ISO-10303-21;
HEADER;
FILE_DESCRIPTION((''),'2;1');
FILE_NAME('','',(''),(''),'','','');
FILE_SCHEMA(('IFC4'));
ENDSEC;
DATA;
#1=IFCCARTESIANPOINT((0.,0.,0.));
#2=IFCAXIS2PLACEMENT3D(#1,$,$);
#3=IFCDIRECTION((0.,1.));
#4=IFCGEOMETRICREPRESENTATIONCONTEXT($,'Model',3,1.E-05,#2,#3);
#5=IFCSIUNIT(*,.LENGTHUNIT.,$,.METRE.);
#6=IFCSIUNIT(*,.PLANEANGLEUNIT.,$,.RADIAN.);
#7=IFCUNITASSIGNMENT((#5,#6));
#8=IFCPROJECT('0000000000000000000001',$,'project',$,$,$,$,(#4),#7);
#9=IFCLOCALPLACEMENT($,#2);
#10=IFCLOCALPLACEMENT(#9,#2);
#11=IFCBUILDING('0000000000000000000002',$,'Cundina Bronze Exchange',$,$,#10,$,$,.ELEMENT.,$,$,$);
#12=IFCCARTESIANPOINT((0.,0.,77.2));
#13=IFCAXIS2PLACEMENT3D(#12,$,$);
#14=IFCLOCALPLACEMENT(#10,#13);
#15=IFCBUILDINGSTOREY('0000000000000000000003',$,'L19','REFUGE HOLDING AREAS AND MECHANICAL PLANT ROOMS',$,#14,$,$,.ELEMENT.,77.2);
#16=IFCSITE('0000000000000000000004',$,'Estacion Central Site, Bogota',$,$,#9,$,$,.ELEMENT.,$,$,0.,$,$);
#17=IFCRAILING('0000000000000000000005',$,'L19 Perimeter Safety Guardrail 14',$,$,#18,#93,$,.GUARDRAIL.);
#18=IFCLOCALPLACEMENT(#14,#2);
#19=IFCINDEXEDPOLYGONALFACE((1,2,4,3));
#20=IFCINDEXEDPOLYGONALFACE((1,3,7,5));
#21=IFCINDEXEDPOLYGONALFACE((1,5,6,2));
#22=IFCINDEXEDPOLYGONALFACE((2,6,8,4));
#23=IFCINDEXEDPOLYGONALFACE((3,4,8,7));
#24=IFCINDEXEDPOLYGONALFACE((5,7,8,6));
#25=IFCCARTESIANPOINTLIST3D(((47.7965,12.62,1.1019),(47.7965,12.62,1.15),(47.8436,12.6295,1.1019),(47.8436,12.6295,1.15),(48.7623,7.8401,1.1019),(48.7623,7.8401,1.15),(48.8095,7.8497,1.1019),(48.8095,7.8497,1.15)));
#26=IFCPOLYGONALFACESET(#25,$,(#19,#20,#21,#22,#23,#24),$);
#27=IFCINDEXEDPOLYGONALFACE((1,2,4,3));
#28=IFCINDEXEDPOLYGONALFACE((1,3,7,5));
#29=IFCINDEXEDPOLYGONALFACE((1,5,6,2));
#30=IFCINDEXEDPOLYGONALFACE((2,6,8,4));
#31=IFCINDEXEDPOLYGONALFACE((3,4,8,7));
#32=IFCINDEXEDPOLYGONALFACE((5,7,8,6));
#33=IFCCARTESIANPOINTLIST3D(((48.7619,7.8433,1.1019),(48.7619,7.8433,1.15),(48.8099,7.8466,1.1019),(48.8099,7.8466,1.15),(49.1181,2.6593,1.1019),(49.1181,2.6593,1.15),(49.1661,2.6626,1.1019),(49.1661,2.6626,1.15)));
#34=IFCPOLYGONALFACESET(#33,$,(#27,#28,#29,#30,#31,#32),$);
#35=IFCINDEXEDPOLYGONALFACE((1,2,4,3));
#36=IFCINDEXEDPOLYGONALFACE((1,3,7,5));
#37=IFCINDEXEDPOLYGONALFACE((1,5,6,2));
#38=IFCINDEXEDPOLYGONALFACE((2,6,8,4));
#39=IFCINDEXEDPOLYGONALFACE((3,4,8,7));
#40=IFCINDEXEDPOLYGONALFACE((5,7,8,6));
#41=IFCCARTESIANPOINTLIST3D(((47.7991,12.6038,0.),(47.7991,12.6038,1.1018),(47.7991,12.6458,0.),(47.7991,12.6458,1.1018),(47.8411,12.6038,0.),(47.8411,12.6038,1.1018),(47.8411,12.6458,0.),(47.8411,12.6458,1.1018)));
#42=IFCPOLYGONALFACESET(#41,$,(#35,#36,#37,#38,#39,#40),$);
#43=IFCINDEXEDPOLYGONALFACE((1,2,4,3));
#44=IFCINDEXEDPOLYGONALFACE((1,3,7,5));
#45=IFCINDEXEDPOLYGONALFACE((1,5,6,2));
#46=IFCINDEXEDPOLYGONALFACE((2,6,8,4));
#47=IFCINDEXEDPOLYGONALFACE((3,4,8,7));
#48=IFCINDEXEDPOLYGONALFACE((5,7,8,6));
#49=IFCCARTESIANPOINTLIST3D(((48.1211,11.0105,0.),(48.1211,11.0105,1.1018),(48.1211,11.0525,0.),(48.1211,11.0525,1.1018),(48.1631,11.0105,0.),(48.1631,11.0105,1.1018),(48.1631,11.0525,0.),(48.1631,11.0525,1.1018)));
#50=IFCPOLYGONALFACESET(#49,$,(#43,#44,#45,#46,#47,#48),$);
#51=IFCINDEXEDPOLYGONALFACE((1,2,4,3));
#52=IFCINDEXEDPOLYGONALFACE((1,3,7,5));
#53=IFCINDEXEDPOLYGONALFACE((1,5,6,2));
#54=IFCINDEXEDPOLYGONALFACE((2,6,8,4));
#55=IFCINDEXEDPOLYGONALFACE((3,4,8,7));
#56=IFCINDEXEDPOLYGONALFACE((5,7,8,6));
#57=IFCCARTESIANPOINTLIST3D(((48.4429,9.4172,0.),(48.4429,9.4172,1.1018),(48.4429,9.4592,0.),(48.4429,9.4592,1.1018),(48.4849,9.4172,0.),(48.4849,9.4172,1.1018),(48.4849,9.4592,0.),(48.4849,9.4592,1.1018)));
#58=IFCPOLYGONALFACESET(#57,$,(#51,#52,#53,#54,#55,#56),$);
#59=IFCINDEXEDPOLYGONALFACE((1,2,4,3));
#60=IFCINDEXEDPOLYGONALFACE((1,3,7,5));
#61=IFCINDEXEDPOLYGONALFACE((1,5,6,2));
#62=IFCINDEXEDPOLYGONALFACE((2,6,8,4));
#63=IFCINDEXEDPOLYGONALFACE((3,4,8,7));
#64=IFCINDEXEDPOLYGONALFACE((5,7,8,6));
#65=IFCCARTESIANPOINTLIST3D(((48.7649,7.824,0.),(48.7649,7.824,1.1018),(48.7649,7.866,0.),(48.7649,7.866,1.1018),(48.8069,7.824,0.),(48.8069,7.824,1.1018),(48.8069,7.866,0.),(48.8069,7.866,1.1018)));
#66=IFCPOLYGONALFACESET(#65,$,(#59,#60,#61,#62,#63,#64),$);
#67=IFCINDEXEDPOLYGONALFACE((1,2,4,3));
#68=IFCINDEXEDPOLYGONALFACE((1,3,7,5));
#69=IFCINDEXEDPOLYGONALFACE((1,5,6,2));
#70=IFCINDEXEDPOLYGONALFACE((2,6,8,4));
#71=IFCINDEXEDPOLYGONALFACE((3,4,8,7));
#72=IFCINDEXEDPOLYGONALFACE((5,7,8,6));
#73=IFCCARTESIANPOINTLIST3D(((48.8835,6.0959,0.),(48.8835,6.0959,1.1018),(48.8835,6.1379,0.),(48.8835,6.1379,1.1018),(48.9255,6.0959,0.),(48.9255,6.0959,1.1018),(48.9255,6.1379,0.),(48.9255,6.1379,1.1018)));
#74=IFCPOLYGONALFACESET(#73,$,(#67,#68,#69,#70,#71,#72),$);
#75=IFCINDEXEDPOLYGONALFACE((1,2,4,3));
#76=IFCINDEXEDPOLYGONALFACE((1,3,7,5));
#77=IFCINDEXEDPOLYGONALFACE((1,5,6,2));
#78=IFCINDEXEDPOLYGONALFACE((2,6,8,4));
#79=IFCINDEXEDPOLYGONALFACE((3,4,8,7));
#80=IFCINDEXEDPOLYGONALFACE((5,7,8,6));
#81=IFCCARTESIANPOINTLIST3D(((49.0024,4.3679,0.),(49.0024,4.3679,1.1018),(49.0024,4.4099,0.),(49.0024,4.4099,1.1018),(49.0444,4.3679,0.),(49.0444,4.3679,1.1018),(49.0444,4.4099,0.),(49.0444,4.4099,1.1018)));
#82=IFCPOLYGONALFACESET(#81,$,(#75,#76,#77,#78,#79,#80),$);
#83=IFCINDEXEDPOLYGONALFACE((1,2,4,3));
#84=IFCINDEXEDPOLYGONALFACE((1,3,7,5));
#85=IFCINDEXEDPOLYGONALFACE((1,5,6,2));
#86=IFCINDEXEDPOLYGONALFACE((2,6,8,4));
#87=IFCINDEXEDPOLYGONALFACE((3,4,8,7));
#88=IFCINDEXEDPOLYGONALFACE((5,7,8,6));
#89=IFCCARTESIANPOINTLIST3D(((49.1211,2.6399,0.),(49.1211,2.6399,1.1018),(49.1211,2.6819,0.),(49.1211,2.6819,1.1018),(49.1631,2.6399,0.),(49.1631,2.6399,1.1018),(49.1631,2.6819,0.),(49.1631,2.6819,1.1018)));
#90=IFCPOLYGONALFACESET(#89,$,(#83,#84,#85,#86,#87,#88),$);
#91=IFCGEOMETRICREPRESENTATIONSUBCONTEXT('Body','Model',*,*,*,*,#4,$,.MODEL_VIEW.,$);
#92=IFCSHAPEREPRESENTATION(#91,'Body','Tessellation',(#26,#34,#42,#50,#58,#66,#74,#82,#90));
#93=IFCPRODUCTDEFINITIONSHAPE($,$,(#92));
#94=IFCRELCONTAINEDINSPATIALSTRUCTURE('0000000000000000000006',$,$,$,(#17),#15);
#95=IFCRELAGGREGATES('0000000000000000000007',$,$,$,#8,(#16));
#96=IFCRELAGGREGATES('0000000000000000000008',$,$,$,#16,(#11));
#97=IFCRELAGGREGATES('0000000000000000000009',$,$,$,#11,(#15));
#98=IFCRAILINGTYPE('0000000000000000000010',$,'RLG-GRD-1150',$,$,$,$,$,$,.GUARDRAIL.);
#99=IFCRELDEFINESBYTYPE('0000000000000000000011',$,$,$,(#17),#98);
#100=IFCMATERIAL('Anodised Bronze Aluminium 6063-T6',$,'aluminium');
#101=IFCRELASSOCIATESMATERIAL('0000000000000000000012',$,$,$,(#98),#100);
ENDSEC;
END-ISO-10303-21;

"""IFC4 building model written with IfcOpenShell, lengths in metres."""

from ifc_helpers import new_model, si_unit, direction, frame, origin, origin_2d, place, context, subcontext, project, spatial, rectangle, extrude, material, type_object, element, save


model = new_model("IFC4")

# Units and contexts
model_context = context("Model", 3, precision=1e-05, world=origin(), true_north=direction((0.0, 1.0)))
body_context = subcontext(model_context, "Body", "Model", "MODEL_VIEW")
ifc_project = project(units=[si_unit("LENGTHUNIT", "METRE"), si_unit("PLANEANGLEUNIT", "RADIAN")], contexts=[model_context])

# Site, building, storey
site_placement = place(None, origin())
site = spatial("IfcSite", under=ifc_project, at=site_placement, Name="Estacion Central Site, Bogota", CompositionType="ELEMENT", RefElevation=0.0)
building_placement = place(site_placement, origin())
building = spatial("IfcBuilding", under=site, at=building_placement, Name="Cundina Bronze Exchange", CompositionType="ELEMENT")
storey_placement = place(building_placement, frame((0.0, 0.0, 77.2)))
storey = spatial("IfcBuildingStorey", under=building, at=storey_placement, Name="L19", Description="REFUGE HOLDING AREAS AND MECHANICAL PLANT ROOMS", CompositionType="ELEMENT", Elevation=77.2)

# Railing
ifc_material_1 = material(Name="Anodised Bronze Aluminium 6063-T6", Category="aluminium")
railing_type = type_object("IfcRailingType", Name="RLG-GRD-1150", PredefinedType="GUARDRAIL", material=ifc_material_1)
railing_1_placement = place(storey_placement, frame((47.8201, 12.6248, 0.0)))
element("IfcRailing", 1, at=railing_1_placement, inside=storey, type_object=railing_type, Name="L19 Perimeter Safety Guardrail 14", PredefinedType="GUARDRAIL", context=body_context, shape_type="SweptSolid", body=[
    extrude(rectangle(XDim=0.0481, YDim=0.0481, at=origin_2d()), frame((0.0, 0.0, 1.126), z_axis=(0.198061, -0.98019, 0.0), x_axis=(0.98019, 0.198061, 0.0)), (0.0, 0.0, 1.0), 4.8765),
    extrude(rectangle(XDim=0.0481, YDim=0.0481, at=origin_2d()), frame((0.9658, -4.7798, 1.126), z_axis=(0.068549, -0.997648, 0.0), x_axis=(0.997648, 0.068549, 0.0)), (0.0, 0.0, 1.0), 5.1963),
    extrude(rectangle(XDim=0.042, YDim=0.042, at=origin_2d()), origin(), (0.0, 0.0, 1.0), 1.1018),
    extrude(rectangle(XDim=0.042, YDim=0.042, at=origin_2d()), frame((0.322, -1.5933, 0.0)), (0.0, 0.0, 1.0), 1.1018),
    extrude(rectangle(XDim=0.042, YDim=0.042, at=origin_2d()), frame((0.6438, -3.1865, 0.0)), (0.0, 0.0, 1.0), 1.1018),
    extrude(rectangle(XDim=0.042, YDim=0.042, at=origin_2d()), frame((0.9658, -4.7798, 0.0)), (0.0, 0.0, 1.0), 1.1018),
    extrude(rectangle(XDim=0.042, YDim=0.042, at=origin_2d()), frame((1.0845, -6.5078, 0.0)), (0.0, 0.0, 1.0), 1.1018),
    extrude(rectangle(XDim=0.042, YDim=0.042, at=origin_2d()), frame((1.2034, -8.2358, 0.0)), (0.0, 0.0, 1.0), 1.1018),
    extrude(rectangle(XDim=0.042, YDim=0.042, at=origin_2d()), frame((1.322, -9.9639, 0.0)), (0.0, 0.0, 1.0), 1.1018),
])

save(model, "model.ifc")
